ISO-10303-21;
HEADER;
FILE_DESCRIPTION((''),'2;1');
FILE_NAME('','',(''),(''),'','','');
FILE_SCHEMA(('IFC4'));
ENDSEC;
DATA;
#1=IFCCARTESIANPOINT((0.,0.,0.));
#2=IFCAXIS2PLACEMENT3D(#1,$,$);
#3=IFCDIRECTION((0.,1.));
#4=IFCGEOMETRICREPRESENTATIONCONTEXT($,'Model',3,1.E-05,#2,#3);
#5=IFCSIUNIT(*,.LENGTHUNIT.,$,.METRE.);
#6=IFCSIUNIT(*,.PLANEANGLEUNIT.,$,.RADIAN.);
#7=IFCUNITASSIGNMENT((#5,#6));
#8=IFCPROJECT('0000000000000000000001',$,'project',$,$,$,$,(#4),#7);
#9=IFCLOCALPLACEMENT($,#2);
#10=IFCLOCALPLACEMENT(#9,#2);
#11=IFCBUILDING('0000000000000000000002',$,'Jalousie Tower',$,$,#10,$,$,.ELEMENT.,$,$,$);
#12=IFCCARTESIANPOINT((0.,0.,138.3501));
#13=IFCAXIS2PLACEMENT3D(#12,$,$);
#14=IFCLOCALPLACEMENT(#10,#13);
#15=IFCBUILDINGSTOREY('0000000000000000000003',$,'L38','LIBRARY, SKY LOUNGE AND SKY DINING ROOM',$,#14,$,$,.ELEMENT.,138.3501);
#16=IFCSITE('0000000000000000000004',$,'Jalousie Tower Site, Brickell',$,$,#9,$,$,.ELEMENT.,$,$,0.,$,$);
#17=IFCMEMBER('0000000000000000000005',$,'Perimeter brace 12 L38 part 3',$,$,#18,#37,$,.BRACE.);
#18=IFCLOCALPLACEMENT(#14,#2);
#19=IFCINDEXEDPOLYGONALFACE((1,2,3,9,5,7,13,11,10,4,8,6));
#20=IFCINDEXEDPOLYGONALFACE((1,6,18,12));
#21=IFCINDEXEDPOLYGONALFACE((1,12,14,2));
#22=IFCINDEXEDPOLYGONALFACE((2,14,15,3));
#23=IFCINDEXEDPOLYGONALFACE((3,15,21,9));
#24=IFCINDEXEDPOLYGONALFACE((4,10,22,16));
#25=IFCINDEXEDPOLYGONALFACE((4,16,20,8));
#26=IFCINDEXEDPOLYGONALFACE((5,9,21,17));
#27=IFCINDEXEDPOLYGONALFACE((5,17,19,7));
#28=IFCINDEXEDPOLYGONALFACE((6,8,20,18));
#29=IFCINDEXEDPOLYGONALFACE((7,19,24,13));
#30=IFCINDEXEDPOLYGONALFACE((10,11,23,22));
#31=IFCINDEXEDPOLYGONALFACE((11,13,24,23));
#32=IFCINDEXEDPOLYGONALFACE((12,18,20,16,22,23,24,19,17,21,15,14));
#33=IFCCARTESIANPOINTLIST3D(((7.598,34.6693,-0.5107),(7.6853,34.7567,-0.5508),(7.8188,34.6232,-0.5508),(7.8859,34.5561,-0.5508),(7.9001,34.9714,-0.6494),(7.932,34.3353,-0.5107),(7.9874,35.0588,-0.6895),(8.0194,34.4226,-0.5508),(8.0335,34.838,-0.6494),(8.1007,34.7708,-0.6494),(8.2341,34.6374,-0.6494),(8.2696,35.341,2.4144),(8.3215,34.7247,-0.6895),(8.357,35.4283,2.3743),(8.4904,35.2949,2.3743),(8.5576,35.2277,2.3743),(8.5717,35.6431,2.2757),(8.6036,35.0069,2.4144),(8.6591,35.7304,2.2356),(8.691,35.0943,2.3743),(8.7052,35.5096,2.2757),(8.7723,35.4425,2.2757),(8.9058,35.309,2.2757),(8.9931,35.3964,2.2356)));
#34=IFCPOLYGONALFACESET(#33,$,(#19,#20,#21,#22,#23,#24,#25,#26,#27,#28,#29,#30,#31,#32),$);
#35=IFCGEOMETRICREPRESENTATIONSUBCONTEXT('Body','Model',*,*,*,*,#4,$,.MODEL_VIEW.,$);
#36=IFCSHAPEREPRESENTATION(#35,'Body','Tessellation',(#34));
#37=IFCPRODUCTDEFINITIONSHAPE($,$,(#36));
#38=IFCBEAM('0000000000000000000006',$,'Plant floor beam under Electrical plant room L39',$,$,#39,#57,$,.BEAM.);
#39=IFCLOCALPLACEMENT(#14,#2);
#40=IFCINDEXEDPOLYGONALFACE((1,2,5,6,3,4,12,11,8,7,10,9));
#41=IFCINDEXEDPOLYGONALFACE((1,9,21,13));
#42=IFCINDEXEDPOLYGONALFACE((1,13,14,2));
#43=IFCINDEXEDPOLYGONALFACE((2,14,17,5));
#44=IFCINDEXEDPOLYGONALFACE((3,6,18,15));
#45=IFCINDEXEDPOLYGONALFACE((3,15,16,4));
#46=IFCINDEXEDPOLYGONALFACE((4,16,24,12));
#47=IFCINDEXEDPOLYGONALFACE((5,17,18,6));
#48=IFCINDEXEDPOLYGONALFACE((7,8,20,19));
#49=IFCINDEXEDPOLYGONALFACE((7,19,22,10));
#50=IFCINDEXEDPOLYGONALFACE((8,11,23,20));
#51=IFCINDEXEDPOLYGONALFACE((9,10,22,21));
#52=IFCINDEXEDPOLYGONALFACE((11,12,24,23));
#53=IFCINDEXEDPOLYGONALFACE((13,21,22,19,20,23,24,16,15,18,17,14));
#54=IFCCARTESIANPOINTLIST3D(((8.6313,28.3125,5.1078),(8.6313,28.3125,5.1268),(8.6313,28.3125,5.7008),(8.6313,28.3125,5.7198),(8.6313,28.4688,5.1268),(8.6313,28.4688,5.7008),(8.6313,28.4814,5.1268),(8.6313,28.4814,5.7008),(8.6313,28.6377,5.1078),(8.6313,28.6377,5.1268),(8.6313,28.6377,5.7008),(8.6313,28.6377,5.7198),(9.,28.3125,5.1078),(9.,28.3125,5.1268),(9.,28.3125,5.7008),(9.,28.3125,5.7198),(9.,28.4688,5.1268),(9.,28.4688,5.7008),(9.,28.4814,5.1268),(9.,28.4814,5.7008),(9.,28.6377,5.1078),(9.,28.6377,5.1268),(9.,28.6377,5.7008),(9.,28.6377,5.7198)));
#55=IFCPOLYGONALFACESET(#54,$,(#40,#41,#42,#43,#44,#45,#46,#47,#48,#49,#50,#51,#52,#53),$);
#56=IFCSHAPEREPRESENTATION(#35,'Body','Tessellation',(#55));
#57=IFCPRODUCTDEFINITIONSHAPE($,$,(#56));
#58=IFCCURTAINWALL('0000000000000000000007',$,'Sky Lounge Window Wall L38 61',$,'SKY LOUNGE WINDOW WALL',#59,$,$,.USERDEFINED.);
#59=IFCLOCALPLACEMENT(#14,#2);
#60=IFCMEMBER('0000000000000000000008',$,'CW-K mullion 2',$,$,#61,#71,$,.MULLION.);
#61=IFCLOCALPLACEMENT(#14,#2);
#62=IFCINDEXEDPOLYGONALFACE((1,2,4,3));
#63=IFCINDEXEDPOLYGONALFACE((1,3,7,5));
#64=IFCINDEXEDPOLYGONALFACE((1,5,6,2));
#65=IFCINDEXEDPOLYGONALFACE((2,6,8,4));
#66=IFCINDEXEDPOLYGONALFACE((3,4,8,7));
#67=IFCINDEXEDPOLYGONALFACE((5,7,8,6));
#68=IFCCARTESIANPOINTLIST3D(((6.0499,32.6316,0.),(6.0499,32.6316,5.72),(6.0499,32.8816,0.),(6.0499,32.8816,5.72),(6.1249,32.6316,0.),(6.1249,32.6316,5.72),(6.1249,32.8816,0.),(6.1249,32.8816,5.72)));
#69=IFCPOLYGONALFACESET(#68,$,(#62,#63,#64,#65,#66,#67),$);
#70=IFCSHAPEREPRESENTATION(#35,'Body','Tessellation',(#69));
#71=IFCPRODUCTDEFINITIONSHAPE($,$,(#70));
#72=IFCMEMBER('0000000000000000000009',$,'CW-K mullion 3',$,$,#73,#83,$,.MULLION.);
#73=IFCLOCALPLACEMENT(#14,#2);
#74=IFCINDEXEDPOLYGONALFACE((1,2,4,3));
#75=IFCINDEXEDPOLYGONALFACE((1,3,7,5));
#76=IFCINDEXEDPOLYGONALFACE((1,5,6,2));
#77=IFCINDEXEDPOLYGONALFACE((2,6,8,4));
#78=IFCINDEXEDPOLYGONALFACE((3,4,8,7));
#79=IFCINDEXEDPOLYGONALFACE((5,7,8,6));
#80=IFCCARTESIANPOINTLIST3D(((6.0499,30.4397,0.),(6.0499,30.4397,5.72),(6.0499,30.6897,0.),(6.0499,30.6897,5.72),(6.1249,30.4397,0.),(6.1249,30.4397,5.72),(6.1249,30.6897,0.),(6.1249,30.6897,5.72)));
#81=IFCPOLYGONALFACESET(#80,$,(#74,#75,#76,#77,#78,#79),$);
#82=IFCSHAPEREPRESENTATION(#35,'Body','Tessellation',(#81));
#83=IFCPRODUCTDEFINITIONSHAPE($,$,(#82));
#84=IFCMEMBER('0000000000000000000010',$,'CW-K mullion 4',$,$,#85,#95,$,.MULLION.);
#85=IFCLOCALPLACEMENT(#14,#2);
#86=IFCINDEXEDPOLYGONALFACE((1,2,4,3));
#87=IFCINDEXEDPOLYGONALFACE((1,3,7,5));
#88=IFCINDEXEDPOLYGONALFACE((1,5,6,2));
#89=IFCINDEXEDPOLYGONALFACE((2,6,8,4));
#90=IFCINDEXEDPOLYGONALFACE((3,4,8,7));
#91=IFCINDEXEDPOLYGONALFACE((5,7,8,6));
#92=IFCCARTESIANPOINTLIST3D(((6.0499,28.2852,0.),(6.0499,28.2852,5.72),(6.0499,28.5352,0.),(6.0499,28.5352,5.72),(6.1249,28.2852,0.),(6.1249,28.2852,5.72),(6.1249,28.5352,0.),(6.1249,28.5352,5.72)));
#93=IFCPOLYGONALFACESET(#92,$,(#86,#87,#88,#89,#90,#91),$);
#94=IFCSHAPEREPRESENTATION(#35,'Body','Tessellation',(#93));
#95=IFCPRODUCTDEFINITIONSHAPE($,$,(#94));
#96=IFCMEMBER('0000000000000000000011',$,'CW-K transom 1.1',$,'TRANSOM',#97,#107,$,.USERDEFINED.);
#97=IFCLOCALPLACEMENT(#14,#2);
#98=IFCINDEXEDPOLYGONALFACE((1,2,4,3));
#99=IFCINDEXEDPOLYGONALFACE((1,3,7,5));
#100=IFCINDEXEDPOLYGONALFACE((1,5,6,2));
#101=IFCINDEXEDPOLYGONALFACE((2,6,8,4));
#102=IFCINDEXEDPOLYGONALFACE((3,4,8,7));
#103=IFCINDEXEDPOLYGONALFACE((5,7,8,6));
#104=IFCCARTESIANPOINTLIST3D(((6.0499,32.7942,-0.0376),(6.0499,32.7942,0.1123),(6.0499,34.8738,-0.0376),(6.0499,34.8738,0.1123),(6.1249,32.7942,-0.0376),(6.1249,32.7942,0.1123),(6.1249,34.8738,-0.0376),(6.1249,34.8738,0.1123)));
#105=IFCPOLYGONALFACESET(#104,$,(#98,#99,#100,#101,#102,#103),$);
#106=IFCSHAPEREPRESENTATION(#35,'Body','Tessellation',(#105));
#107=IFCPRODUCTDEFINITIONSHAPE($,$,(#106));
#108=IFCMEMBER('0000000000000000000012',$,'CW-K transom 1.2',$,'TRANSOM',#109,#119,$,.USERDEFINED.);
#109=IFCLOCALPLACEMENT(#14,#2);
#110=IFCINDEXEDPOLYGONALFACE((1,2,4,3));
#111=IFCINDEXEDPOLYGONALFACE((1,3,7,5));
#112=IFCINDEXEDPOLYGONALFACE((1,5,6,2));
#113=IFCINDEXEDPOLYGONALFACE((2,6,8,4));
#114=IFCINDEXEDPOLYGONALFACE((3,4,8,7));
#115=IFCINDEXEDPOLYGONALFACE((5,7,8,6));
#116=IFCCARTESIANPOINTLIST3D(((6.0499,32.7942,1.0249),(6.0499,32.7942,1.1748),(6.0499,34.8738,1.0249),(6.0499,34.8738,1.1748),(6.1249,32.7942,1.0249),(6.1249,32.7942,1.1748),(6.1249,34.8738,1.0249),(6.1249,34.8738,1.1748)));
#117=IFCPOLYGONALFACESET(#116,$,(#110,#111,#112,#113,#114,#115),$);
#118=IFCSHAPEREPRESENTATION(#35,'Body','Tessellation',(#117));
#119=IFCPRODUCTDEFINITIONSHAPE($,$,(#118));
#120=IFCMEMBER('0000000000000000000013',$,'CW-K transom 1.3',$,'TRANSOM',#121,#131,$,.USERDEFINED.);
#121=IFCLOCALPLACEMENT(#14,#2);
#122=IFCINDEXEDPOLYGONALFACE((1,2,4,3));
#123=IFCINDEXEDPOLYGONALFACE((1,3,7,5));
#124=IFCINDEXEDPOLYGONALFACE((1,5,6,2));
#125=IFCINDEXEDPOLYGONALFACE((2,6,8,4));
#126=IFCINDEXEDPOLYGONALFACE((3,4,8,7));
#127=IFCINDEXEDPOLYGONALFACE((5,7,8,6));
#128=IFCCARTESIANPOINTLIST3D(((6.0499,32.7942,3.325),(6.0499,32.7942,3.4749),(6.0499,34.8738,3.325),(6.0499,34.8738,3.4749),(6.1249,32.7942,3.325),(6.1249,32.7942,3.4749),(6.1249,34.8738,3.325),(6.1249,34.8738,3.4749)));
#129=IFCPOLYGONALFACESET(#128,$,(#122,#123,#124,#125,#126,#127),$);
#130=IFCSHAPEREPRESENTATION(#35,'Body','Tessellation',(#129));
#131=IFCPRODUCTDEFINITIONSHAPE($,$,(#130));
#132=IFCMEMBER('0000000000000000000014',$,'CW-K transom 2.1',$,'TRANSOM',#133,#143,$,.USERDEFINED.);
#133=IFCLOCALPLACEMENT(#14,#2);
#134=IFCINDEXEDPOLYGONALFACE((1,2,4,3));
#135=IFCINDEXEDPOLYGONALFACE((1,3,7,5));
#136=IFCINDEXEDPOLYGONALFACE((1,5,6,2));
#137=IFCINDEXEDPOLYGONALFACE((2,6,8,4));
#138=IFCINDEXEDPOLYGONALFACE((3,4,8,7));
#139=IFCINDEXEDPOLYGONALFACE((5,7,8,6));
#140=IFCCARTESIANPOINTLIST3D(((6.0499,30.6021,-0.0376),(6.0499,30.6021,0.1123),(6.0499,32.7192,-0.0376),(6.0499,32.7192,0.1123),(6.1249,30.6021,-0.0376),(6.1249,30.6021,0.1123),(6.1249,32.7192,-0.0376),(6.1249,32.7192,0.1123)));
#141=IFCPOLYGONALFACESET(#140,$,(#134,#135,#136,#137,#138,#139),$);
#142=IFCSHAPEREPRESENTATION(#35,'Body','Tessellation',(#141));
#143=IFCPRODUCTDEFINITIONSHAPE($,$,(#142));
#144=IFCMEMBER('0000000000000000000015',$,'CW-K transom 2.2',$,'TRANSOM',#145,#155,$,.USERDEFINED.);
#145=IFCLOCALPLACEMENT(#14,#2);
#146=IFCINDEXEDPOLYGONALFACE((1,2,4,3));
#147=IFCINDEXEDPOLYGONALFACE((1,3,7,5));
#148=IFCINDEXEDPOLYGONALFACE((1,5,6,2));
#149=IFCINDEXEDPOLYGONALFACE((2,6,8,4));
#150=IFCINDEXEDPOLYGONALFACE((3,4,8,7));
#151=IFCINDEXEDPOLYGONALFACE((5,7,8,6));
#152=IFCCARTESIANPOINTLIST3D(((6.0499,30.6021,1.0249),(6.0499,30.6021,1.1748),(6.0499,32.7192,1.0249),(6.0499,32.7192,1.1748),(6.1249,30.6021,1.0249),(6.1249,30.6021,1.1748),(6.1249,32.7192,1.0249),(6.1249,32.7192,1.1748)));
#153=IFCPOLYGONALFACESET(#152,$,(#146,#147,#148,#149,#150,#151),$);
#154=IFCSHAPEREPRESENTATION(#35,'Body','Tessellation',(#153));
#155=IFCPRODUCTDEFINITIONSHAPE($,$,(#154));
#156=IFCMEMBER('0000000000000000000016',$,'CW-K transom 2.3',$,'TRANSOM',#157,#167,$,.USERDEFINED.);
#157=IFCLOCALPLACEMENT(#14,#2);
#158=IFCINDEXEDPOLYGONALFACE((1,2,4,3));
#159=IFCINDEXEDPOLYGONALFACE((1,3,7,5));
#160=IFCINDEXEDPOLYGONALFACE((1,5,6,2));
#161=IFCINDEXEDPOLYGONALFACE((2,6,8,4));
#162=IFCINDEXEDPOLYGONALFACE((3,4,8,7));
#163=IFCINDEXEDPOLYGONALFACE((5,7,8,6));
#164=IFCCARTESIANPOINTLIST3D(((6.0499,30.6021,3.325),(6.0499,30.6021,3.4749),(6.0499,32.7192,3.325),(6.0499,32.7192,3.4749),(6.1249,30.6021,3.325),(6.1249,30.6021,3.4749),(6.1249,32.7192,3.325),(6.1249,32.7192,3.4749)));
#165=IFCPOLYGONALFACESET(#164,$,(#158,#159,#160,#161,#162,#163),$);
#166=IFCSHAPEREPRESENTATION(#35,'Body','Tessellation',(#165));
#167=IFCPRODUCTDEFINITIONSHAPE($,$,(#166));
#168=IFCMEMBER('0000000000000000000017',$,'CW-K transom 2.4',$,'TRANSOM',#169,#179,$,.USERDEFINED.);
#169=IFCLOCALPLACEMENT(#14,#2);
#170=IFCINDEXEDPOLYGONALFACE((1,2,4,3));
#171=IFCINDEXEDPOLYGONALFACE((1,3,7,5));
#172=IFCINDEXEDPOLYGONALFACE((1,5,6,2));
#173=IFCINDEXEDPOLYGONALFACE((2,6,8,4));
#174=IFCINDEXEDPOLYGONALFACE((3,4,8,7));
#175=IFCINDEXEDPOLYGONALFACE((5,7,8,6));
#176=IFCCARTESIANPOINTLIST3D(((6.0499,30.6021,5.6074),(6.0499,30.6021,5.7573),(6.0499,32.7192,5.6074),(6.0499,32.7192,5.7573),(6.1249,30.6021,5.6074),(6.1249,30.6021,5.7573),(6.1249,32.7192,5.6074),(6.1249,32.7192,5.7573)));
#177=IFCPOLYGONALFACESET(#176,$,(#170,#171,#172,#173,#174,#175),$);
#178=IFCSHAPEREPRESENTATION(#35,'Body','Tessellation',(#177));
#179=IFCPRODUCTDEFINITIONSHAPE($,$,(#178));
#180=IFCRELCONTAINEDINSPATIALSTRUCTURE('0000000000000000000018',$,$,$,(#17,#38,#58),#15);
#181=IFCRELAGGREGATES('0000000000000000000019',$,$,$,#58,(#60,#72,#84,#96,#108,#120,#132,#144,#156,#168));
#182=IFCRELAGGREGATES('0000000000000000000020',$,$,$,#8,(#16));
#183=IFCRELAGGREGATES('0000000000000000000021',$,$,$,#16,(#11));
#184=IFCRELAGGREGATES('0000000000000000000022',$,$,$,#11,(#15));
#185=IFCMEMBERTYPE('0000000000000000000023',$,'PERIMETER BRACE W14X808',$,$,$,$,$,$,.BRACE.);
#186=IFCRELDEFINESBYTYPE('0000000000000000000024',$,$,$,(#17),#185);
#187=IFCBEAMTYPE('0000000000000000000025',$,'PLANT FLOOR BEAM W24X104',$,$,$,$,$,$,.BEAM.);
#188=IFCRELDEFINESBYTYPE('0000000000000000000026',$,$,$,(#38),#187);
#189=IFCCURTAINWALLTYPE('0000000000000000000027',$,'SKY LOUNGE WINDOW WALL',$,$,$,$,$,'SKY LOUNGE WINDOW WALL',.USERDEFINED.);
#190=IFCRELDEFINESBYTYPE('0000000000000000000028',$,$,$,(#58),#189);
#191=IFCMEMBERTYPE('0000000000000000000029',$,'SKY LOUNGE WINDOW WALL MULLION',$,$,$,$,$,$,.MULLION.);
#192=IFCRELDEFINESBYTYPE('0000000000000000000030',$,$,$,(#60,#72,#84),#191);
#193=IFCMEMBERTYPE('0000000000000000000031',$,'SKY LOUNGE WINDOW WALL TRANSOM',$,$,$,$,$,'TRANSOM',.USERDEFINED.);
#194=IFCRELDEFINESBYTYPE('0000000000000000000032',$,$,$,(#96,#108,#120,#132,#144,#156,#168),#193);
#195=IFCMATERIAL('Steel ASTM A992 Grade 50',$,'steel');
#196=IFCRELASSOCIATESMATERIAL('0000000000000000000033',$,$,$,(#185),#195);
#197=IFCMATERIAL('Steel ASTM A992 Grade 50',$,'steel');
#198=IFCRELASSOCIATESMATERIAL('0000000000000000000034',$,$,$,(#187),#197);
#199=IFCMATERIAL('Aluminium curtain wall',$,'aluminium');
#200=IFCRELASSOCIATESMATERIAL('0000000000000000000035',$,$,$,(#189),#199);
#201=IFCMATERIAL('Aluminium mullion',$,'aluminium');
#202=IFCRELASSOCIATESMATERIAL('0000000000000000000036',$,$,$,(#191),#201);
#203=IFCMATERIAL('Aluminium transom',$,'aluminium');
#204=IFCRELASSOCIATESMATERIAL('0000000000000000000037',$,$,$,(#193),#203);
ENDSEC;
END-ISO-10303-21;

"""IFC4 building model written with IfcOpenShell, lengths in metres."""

from ifc_helpers import new_model, si_unit, direction, frame, origin, origin_2d, place, context, subcontext, project, spatial, rectangle, i_section, extrude, material, material_profile, profile_set, type_object, element, aggregate, save


model = new_model("IFC4")

# Units and contexts
model_context = context("Model", 3, precision=1e-05, world=origin(), true_north=direction((0.0, 1.0)))
body_context = subcontext(model_context, "Body", "Model", "MODEL_VIEW")
ifc_project = project(units=[si_unit("LENGTHUNIT", "METRE"), si_unit("PLANEANGLEUNIT", "RADIAN")], contexts=[model_context])

# Site, building, storey
site_placement = place(None, origin())
site = spatial("IfcSite", under=ifc_project, at=site_placement, Name="Jalousie Tower Site, Brickell", CompositionType="ELEMENT", RefElevation=0.0)
building_placement = place(site_placement, origin())
building = spatial("IfcBuilding", under=site, at=building_placement, Name="Jalousie Tower", CompositionType="ELEMENT")
storey_placement = place(building_placement, frame((0.0, 0.0, 138.3501)))
storey = spatial("IfcBuildingStorey", under=building, at=storey_placement, Name="L38", Description="LIBRARY, SKY LOUNGE AND SKY DINING ROOM", CompositionType="ELEMENT", Elevation=138.3501)

# Member
ifc_material_1 = material(Name="Steel ASTM A992 Grade 50", Category="steel")
ifc_material_profile_1 = material_profile(ifc_material_1, i_section(OverallWidth=0.4724, OverallDepth=0.5791, WebThickness=0.095, FlangeThickness=0.1299, at=origin_2d()), Name="W14X808")
ifc_profile_set_1 = profile_set([ifc_material_profile_1], Name="Steel ASTM A992 Grade 50")
member_type_1 = type_object("IfcMemberType", Name="PERIMETER BRACE W14X808", PredefinedType="BRACE", material=ifc_profile_set_1)
member_1_placement = place(storey_placement, frame((7.9597, 34.697, -0.6001), z_axis=(0.218388, 0.218388, 0.951112), x_axis=(-0.707107, 0.707107, 0.0)))
element("IfcMember", 1, at=member_1_placement, inside=storey, type_object=member_type_1, Name="Perimeter brace 12 L38 part 3", PredefinedType="BRACE", context=body_context, shape_type="SweptSolid", body=[
    extrude(i_section(OverallWidth=0.4724, OverallDepth=0.5791, WebThickness=0.095, FlangeThickness=0.1299, at=origin_2d()), origin(), (0.0, 0.0, 1.0), 3.0754),
])

# Beam
ifc_material_2 = material(Name="Steel ASTM A992 Grade 50", Category="steel")
ifc_material_profile_2 = material_profile(ifc_material_2, i_section(OverallWidth=0.3252, OverallDepth=0.6121, WebThickness=0.0127, FlangeThickness=0.019, at=origin_2d()), Name="W24X104")
ifc_profile_set_2 = profile_set([ifc_material_profile_2], Name="Steel ASTM A992 Grade 50")
beam_type = type_object("IfcBeamType", Name="PLANT FLOOR BEAM W24X104", PredefinedType="BEAM", material=ifc_profile_set_2)
beam_placement = place(storey_placement, frame((8.6313, 28.4751, 5.4138), z_axis=(1.0, 0.0, 0.0), x_axis=(0.0, 1.0, 0.0)))
element("IfcBeam", 2, at=beam_placement, inside=storey, type_object=beam_type, Name="Plant floor beam under Electrical plant room L39", PredefinedType="BEAM", context=body_context, shape_type="SweptSolid", body=[
    extrude(i_section(OverallWidth=0.3252, OverallDepth=0.6121, WebThickness=0.0127, FlangeThickness=0.019, at=origin_2d()), origin(), (0.0, 0.0, 1.0), 0.3687),
])

# Curtain wall, members
ifc_material_3 = material(Name="Aluminium curtain wall", Category="aluminium")
curtain_wall_type = type_object("IfcCurtainWallType", Name="SKY LOUNGE WINDOW WALL", ElementType="SKY LOUNGE WINDOW WALL", PredefinedType="USERDEFINED", material=ifc_material_3)
curtain_wall_placement = place(storey_placement, origin())
curtain_wall = element("IfcCurtainWall", 3, at=curtain_wall_placement, inside=storey, type_object=curtain_wall_type, Name="Sky Lounge Window Wall L38 61", ObjectType="SKY LOUNGE WINDOW WALL", PredefinedType="USERDEFINED")
ifc_material_4 = material(Name="Aluminium mullion", Category="aluminium")
ifc_material_profile_3 = material_profile(ifc_material_4, rectangle(XDim=0.075, YDim=0.25, at=origin_2d()), Name="MULLION 75x250")
ifc_profile_set_3 = profile_set([ifc_material_profile_3], Name="Aluminium mullion")
member_type_2 = type_object("IfcMemberType", Name="SKY LOUNGE WINDOW WALL MULLION", PredefinedType="MULLION", material=ifc_profile_set_3)
member_2_placement = place(storey_placement, frame((6.0874, 32.7566, 0.0), z_axis=(0.0, 0.0, 1.0), x_axis=(1.0, 0.0, 0.0)))
member_2 = element("IfcMember", 4, at=member_2_placement, type_object=member_type_2, Name="CW-K mullion 2", PredefinedType="MULLION", context=body_context, shape_type="SweptSolid", body=[
    extrude(rectangle(XDim=0.075, YDim=0.25, at=origin_2d()), origin(), (0.0, 0.0, 1.0), 5.72),
])
member_3_placement = place(storey_placement, frame((6.0874, 30.5647, 0.0), z_axis=(0.0, 0.0, 1.0), x_axis=(1.0, 0.0, 0.0)))
member_3 = element("IfcMember", 5, at=member_3_placement, type_object=member_type_2, Name="CW-K mullion 3", PredefinedType="MULLION", context=body_context, shape_type="SweptSolid", body=[
    extrude(rectangle(XDim=0.075, YDim=0.25, at=origin_2d()), origin(), (0.0, 0.0, 1.0), 5.72),
])
member_4_placement = place(storey_placement, frame((6.0874, 28.4102, 0.0), z_axis=(0.0, 0.0, 1.0), x_axis=(1.0, 0.0, 0.0)))
member_4 = element("IfcMember", 6, at=member_4_placement, type_object=member_type_2, Name="CW-K mullion 4", PredefinedType="MULLION", context=body_context, shape_type="SweptSolid", body=[
    extrude(rectangle(XDim=0.075, YDim=0.25, at=origin_2d()), origin(), (0.0, 0.0, 1.0), 5.72),
])
ifc_material_5 = material(Name="Aluminium transom", Category="aluminium")
ifc_material_profile_4 = material_profile(ifc_material_5, rectangle(XDim=0.075, YDim=0.1499, at=origin_2d()), Name="TRANSOM 75x150")
ifc_profile_set_4 = profile_set([ifc_material_profile_4], Name="Aluminium transom")
member_type_3 = type_object("IfcMemberType", Name="SKY LOUNGE WINDOW WALL TRANSOM", ElementType="TRANSOM", PredefinedType="USERDEFINED", material=ifc_profile_set_4)
member_5_placement = place(storey_placement, frame((6.0874, 34.8738, 0.0374), z_axis=(0.0, -1.0, 0.0), x_axis=(1.0, 0.0, 0.0)))
member_5 = element("IfcMember", 7, at=member_5_placement, type_object=member_type_3, Name="CW-K transom 1.1", ObjectType="TRANSOM", PredefinedType="USERDEFINED", context=body_context, shape_type="SweptSolid", body=[
    extrude(rectangle(XDim=0.075, YDim=0.1499, at=origin_2d()), origin(), (0.0, 0.0, 1.0), 2.0796),
])
member_6_placement = place(storey_placement, frame((6.0874, 34.8738, 1.0999), z_axis=(0.0, -1.0, 0.0), x_axis=(1.0, 0.0, 0.0)))
member_6 = element("IfcMember", 8, at=member_6_placement, type_object=member_type_3, Name="CW-K transom 1.2", ObjectType="TRANSOM", PredefinedType="USERDEFINED", context=body_context, shape_type="SweptSolid", body=[
    extrude(rectangle(XDim=0.075, YDim=0.1499, at=origin_2d()), origin(), (0.0, 0.0, 1.0), 2.0796),
])
member_7_placement = place(storey_placement, frame((6.0874, 34.8738, 3.3999), z_axis=(0.0, -1.0, 0.0), x_axis=(1.0, 0.0, 0.0)))
member_7 = element("IfcMember", 9, at=member_7_placement, type_object=member_type_3, Name="CW-K transom 1.3", ObjectType="TRANSOM", PredefinedType="USERDEFINED", context=body_context, shape_type="SweptSolid", body=[
    extrude(rectangle(XDim=0.075, YDim=0.1499, at=origin_2d()), origin(), (0.0, 0.0, 1.0), 2.0796),
])
member_8_placement = place(storey_placement, frame((6.0874, 32.7192, 0.0374), z_axis=(0.0, -1.0, 0.0), x_axis=(1.0, 0.0, 0.0)))
member_8 = element("IfcMember", 10, at=member_8_placement, type_object=member_type_3, Name="CW-K transom 2.1", ObjectType="TRANSOM", PredefinedType="USERDEFINED", context=body_context, shape_type="SweptSolid", body=[
    extrude(rectangle(XDim=0.075, YDim=0.1499, at=origin_2d()), origin(), (0.0, 0.0, 1.0), 2.1172),
])
member_9_placement = place(storey_placement, frame((6.0874, 32.7192, 1.0999), z_axis=(0.0, -1.0, 0.0), x_axis=(1.0, 0.0, 0.0)))
member_9 = element("IfcMember", 11, at=member_9_placement, type_object=member_type_3, Name="CW-K transom 2.2", ObjectType="TRANSOM", PredefinedType="USERDEFINED", context=body_context, shape_type="SweptSolid", body=[
    extrude(rectangle(XDim=0.075, YDim=0.1499, at=origin_2d()), origin(), (0.0, 0.0, 1.0), 2.1172),
])
member_10_placement = place(storey_placement, frame((6.0874, 32.7192, 3.3999), z_axis=(0.0, -1.0, 0.0), x_axis=(1.0, 0.0, 0.0)))
member_10 = element("IfcMember", 12, at=member_10_placement, type_object=member_type_3, Name="CW-K transom 2.3", ObjectType="TRANSOM", PredefinedType="USERDEFINED", context=body_context, shape_type="SweptSolid", body=[
    extrude(rectangle(XDim=0.075, YDim=0.1499, at=origin_2d()), origin(), (0.0, 0.0, 1.0), 2.1172),
])
member_11_placement = place(storey_placement, frame((6.0874, 32.7192, 5.6824), z_axis=(0.0, -1.0, 0.0), x_axis=(1.0, 0.0, 0.0)))
member_11 = element("IfcMember", 13, at=member_11_placement, type_object=member_type_3, Name="CW-K transom 2.4", ObjectType="TRANSOM", PredefinedType="USERDEFINED", context=body_context, shape_type="SweptSolid", body=[
    extrude(rectangle(XDim=0.075, YDim=0.1499, at=origin_2d()), origin(), (0.0, 0.0, 1.0), 2.1172),
])
aggregate(curtain_wall, [member_2, member_3, member_4, member_5, member_6, member_7, member_8, member_9, member_10, member_11])

save(model, "model.ifc")
